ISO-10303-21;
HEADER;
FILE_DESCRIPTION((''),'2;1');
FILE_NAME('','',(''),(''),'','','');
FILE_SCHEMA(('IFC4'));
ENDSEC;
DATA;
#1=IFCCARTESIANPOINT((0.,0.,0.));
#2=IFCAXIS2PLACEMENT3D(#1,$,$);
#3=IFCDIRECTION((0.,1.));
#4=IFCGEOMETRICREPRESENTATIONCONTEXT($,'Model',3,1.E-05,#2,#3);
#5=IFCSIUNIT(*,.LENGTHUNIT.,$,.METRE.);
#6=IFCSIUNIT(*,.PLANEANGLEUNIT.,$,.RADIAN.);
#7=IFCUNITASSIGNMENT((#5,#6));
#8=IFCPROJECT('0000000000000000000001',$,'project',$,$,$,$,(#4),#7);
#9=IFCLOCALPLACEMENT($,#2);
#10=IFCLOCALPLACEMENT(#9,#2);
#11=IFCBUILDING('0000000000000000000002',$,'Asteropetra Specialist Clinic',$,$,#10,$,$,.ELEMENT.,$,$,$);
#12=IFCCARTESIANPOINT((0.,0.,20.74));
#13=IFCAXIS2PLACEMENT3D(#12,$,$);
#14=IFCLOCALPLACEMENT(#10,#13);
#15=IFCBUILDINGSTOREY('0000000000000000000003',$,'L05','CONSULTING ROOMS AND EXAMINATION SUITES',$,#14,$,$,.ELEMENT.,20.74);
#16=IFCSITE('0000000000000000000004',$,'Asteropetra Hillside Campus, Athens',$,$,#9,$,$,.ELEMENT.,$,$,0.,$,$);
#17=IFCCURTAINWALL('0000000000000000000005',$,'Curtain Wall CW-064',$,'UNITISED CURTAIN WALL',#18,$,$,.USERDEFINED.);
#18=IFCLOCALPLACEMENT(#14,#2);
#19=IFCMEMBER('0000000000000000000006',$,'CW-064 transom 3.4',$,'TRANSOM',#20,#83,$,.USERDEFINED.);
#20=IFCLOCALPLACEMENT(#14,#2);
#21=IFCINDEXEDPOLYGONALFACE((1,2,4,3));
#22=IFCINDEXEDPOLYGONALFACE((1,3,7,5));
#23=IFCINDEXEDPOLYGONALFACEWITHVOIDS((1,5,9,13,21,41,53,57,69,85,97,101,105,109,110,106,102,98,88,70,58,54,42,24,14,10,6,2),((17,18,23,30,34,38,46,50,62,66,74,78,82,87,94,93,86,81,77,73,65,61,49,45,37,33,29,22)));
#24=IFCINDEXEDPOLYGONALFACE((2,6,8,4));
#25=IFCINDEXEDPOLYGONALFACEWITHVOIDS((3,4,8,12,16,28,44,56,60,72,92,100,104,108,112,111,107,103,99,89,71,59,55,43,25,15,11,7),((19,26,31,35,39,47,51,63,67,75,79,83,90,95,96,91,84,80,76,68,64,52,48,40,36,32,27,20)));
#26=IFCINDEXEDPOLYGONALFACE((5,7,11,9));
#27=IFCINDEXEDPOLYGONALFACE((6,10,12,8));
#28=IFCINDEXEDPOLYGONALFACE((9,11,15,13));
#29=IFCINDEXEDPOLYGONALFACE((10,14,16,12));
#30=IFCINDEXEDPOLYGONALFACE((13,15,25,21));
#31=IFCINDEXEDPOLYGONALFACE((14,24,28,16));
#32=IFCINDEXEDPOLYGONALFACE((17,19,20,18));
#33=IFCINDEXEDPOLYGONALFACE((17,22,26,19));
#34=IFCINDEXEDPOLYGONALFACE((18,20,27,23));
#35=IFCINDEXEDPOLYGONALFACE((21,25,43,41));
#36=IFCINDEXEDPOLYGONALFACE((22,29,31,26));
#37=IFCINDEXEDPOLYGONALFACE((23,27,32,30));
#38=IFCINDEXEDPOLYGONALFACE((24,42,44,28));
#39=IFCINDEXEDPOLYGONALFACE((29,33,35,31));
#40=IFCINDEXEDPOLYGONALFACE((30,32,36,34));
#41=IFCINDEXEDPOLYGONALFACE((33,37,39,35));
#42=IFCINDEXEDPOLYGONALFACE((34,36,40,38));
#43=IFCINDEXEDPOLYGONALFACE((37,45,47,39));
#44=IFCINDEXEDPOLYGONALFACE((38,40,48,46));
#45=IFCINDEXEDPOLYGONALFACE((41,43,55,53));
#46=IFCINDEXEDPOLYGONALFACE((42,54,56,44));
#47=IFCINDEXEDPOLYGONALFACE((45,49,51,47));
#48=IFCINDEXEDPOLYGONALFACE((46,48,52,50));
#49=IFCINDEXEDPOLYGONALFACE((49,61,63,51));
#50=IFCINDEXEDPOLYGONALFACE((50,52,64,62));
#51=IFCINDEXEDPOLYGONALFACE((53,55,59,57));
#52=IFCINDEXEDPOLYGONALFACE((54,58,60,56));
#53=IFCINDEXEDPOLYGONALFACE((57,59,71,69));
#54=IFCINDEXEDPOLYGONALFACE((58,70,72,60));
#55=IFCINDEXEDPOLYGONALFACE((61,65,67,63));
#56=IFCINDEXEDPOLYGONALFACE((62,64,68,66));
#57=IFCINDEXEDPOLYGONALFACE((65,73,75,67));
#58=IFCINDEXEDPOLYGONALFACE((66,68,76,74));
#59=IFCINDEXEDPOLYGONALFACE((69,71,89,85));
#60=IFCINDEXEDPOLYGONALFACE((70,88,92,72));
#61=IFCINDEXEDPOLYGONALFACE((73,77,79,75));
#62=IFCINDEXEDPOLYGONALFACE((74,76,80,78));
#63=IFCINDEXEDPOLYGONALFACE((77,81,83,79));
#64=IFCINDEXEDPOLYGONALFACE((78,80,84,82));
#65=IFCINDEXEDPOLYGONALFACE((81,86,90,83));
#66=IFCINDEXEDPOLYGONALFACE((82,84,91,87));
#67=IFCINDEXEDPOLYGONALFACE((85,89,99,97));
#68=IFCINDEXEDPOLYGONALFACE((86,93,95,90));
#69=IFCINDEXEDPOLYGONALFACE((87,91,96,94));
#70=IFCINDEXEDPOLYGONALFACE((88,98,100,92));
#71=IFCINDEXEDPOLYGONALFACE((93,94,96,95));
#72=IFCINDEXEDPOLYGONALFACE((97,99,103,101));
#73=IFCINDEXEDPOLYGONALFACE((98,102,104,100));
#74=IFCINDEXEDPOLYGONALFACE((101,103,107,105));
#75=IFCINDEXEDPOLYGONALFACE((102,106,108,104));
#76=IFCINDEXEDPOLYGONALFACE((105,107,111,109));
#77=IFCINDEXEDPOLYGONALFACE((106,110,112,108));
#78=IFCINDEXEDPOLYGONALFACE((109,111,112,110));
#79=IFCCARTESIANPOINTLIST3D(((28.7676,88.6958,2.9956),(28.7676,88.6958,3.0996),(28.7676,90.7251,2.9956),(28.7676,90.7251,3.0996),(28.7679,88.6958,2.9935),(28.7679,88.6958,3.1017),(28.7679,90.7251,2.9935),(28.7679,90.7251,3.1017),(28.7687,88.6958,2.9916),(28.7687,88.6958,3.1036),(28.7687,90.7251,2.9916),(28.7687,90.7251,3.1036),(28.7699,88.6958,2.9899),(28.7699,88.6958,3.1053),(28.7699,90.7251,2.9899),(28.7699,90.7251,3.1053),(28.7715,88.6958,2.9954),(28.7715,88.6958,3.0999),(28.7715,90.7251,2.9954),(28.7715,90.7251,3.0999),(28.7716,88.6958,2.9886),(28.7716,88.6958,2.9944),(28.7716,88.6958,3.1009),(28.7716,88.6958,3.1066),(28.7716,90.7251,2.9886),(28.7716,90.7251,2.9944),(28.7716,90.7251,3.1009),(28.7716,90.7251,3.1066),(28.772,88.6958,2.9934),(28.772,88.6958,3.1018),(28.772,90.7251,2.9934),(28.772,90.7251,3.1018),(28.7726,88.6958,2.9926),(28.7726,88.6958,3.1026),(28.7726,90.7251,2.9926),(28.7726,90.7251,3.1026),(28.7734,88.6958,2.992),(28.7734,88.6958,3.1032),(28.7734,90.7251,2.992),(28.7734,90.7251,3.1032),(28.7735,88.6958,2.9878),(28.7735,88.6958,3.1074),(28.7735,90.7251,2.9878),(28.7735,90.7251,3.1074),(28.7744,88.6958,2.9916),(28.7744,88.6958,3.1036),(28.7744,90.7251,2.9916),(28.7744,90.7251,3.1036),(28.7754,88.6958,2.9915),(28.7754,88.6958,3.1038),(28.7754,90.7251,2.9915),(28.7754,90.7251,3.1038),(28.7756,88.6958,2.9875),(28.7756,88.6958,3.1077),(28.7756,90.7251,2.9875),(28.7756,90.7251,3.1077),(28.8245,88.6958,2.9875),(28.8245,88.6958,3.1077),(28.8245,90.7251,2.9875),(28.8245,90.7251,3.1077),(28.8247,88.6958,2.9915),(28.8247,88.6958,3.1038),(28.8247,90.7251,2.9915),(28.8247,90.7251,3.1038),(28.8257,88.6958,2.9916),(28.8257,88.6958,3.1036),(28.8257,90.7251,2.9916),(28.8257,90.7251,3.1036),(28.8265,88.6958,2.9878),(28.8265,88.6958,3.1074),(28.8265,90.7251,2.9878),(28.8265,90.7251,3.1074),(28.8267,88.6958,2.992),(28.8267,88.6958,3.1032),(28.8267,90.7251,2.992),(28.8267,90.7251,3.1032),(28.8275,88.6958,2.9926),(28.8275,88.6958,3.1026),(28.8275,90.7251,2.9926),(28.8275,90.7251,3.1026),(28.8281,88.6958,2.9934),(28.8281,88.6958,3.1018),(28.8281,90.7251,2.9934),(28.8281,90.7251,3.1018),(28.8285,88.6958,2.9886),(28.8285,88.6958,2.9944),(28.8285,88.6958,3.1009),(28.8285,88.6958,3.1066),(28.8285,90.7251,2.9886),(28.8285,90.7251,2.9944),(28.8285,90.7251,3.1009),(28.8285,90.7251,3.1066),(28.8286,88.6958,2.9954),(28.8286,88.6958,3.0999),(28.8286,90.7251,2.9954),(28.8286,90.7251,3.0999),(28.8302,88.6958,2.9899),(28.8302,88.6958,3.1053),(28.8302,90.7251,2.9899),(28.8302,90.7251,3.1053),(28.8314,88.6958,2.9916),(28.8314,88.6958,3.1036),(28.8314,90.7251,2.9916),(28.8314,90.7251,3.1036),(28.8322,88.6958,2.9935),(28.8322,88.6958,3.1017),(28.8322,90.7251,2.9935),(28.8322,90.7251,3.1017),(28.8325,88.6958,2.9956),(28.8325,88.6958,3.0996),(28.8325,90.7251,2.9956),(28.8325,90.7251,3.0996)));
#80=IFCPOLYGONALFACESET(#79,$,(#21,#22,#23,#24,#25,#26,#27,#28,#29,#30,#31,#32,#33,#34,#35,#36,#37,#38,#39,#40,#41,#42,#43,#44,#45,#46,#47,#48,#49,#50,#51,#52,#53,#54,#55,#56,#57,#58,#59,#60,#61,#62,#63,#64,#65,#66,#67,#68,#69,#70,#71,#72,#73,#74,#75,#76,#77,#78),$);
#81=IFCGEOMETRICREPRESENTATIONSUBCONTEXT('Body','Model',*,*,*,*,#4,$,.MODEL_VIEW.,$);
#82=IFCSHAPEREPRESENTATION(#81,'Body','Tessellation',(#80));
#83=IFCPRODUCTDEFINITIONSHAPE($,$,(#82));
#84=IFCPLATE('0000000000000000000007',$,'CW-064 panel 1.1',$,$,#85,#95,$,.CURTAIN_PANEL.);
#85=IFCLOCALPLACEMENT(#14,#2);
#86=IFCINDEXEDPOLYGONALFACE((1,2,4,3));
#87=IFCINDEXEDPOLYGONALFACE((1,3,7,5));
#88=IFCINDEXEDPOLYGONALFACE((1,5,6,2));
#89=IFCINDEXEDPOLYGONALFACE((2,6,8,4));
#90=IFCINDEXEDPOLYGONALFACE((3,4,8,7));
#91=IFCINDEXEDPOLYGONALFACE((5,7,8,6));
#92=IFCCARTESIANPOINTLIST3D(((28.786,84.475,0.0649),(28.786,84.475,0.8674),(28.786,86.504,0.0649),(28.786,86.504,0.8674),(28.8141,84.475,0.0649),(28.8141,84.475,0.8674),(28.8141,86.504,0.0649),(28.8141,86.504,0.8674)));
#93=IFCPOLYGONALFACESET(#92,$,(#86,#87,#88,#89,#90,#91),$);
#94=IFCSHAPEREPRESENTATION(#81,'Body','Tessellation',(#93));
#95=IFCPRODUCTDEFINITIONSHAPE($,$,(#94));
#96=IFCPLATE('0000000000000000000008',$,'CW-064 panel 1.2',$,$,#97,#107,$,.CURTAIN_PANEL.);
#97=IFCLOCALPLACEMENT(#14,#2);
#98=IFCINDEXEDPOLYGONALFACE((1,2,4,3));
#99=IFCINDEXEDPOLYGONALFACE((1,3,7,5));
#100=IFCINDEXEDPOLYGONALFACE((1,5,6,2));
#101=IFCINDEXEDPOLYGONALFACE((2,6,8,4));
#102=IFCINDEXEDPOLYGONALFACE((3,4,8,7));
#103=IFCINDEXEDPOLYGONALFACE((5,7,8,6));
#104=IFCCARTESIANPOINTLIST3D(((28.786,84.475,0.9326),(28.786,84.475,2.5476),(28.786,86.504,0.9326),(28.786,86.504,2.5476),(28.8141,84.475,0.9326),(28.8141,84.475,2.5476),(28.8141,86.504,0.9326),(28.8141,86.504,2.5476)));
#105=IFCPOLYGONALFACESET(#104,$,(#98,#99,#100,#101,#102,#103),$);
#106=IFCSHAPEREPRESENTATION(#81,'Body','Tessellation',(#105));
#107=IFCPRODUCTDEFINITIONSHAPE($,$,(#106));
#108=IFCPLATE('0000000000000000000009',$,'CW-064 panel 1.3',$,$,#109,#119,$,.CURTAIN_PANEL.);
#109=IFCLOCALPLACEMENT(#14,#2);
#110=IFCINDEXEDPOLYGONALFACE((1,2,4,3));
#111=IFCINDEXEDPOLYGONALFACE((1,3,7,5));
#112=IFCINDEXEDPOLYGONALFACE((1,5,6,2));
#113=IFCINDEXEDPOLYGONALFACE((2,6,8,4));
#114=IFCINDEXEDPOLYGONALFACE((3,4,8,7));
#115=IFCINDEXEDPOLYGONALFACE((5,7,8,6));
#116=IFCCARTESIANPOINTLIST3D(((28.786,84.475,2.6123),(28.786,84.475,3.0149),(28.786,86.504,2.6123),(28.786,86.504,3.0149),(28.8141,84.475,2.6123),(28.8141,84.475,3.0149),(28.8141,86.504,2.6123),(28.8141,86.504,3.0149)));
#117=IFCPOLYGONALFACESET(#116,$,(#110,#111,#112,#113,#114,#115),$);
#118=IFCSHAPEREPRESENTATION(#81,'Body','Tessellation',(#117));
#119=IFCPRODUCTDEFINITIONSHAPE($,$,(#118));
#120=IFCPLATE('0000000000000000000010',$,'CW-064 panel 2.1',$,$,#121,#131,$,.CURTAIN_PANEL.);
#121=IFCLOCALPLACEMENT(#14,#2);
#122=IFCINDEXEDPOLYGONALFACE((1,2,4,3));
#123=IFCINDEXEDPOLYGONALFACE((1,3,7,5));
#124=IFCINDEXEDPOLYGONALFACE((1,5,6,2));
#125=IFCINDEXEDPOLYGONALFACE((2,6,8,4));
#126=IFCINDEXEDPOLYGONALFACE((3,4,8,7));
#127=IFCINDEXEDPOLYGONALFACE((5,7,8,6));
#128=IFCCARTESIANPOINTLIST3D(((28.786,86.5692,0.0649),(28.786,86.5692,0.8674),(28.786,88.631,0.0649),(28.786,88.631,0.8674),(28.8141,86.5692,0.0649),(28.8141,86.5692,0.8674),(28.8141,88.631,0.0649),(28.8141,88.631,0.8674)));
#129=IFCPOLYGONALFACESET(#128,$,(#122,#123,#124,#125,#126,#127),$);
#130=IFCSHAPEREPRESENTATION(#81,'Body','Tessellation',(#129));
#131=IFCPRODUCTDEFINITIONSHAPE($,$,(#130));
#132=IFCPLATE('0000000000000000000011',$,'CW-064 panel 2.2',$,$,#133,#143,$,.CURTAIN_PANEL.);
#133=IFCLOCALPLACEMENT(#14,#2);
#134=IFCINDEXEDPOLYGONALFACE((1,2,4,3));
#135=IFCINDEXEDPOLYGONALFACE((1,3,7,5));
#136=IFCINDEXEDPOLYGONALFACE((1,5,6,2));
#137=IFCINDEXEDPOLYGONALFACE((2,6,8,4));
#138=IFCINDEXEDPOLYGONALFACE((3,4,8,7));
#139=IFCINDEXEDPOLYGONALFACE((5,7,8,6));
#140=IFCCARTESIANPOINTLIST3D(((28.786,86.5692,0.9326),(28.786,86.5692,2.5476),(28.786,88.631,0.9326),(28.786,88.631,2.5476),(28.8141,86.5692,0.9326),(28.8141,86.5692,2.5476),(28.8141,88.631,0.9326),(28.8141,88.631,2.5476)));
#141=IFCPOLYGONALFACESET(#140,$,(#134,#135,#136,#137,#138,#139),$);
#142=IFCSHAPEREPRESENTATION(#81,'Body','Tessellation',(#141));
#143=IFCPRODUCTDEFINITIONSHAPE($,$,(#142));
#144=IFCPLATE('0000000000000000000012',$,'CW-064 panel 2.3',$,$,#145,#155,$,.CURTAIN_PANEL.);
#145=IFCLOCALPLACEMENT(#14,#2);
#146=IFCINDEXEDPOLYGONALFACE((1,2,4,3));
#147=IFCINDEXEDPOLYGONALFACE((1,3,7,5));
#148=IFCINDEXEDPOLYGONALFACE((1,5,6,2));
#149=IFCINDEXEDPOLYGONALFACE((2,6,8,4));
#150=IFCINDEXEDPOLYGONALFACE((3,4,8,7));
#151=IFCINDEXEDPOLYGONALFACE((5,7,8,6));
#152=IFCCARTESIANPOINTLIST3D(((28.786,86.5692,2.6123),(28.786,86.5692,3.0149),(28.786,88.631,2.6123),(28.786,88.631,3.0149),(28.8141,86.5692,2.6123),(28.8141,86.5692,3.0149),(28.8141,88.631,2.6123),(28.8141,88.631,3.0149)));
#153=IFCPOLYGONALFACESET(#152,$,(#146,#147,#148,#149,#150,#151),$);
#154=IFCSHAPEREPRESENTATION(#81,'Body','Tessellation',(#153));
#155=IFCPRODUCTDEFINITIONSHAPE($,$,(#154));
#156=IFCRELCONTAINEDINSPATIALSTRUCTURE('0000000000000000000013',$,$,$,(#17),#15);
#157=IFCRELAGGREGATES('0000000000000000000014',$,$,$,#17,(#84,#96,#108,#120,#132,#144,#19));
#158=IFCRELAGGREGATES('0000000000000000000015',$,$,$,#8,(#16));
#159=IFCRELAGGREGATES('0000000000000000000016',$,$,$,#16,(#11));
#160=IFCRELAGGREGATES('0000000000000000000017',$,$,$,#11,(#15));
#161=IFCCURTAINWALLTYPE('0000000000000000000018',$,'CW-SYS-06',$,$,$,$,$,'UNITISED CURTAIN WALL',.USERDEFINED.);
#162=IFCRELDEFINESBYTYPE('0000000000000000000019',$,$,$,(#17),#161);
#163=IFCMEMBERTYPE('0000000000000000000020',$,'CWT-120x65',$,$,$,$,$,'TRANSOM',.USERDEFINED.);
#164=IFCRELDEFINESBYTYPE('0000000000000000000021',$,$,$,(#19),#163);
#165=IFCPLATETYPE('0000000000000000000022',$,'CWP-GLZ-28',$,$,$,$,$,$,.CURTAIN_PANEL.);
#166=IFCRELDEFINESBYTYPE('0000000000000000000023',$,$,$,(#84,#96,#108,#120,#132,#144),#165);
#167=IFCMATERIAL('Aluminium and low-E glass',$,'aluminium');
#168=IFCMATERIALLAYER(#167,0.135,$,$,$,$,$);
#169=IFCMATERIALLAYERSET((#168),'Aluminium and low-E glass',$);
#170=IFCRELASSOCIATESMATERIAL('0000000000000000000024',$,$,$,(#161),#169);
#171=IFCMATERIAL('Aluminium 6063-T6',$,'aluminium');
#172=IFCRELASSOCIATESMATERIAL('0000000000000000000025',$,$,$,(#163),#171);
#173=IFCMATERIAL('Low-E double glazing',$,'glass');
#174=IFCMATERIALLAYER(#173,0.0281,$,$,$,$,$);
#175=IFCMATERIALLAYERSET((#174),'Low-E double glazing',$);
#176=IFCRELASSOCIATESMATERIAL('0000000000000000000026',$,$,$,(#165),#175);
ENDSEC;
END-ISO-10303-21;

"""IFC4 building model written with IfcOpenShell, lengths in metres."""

from ifc_helpers import new_model, si_unit, direction, frame, origin, origin_2d, place, context, subcontext, project, spatial, rectangle, hollow_rectangle, extrude, material, layer, layer_set, material_profile, profile_set, type_object, element, aggregate, save


model = new_model("IFC4")

# Units and contexts
model_context = context("Model", 3, precision=1e-05, world=origin(), true_north=direction((0.0, 1.0)))
body_context = subcontext(model_context, "Body", "Model", "MODEL_VIEW")
ifc_project = project(units=[si_unit("LENGTHUNIT", "METRE"), si_unit("PLANEANGLEUNIT", "RADIAN")], contexts=[model_context])

# Site, building, storey
site_placement = place(None, origin())
site = spatial("IfcSite", under=ifc_project, at=site_placement, Name="Asteropetra Hillside Campus, Athens", CompositionType="ELEMENT", RefElevation=0.0)
building_placement = place(site_placement, origin())
building = spatial("IfcBuilding", under=site, at=building_placement, Name="Asteropetra Specialist Clinic", CompositionType="ELEMENT")
storey_placement = place(building_placement, frame((0.0, 0.0, 20.74)))
storey = spatial("IfcBuildingStorey", under=building, at=storey_placement, Name="L05", Description="CONSULTING ROOMS AND EXAMINATION SUITES", CompositionType="ELEMENT", Elevation=20.74)

# Curtain wall, member, plates
ifc_material_1 = material(Name="Aluminium and low-E glass", Category="aluminium")
ifc_layer_1 = layer(ifc_material_1, 0.135)
ifc_layer_set_1 = layer_set([ifc_layer_1], Name="Aluminium and low-E glass")
curtain_wall_type = type_object("IfcCurtainWallType", Name="CW-SYS-06", ElementType="UNITISED CURTAIN WALL", PredefinedType="USERDEFINED", material=ifc_layer_set_1)
curtain_wall_placement = place(storey_placement, origin())
curtain_wall = element("IfcCurtainWall", 1, at=curtain_wall_placement, inside=storey, type_object=curtain_wall_type, Name="Curtain Wall CW-064", ObjectType="UNITISED CURTAIN WALL", PredefinedType="USERDEFINED")
ifc_material_2 = material(Name="Aluminium 6063-T6", Category="aluminium")
ifc_material_profile_1 = material_profile(ifc_material_2, hollow_rectangle(XDim=0.0649, YDim=0.1201, WallThickness=0.0039, InnerFilletRadius=0.0039, OuterFilletRadius=0.0081, at=origin_2d()), Name="TRN 120x65x4.0")
ifc_profile_set_1 = profile_set([ifc_material_profile_1], Name="Aluminium 6063-T6")
member_type_1 = type_object("IfcMemberType", Name="CWT-120x65", ElementType="TRANSOM", PredefinedType="USERDEFINED", material=ifc_profile_set_1)
member_1_placement = place(storey_placement, frame((28.8, 88.6958, 3.0476), z_axis=(0.0, 1.0, 0.0), x_axis=(-1.0, 0.0, 0.0)))
member_1 = element("IfcMember", 2, at=member_1_placement, type_object=member_type_1, Name="CW-064 transom 3.4", ObjectType="TRANSOM", PredefinedType="USERDEFINED", context=body_context, shape_type="SweptSolid", body=[
    extrude(hollow_rectangle(XDim=0.0649, YDim=0.1201, WallThickness=0.0039, InnerFilletRadius=0.0039, OuterFilletRadius=0.0081, at=origin_2d()), origin(), (0.0, 0.0, 1.0), 2.0293),
])
ifc_material_3 = material(Name="Low-E double glazing", Category="glass")
ifc_layer_2 = layer(ifc_material_3, 0.0281)
ifc_layer_set_2 = layer_set([ifc_layer_2], Name="Low-E double glazing")
plate_type = type_object("IfcPlateType", Name="CWP-GLZ-28", PredefinedType="CURTAIN_PANEL", material=ifc_layer_set_2)
plate_1_placement = place(storey_placement, frame((28.8, 85.4895, 0.0649), z_axis=(0.0, 0.0, 1.0), x_axis=(0.0, 1.0, 0.0)))
plate_1 = element("IfcPlate", 3, at=plate_1_placement, type_object=plate_type, Name="CW-064 panel 1.1", PredefinedType="CURTAIN_PANEL", context=body_context, shape_type="SweptSolid", body=[
    extrude(rectangle(XDim=2.0291, YDim=0.0281, at=origin_2d()), origin(), (0.0, 0.0, 1.0), 0.8025),
])
plate_2_placement = place(storey_placement, frame((28.8, 85.4895, 0.9326), z_axis=(0.0, 0.0, 1.0), x_axis=(0.0, 1.0, 0.0)))
plate_2 = element("IfcPlate", 4, at=plate_2_placement, type_object=plate_type, Name="CW-064 panel 1.2", PredefinedType="CURTAIN_PANEL", context=body_context, shape_type="SweptSolid", body=[
    extrude(rectangle(XDim=2.0291, YDim=0.0281, at=origin_2d()), origin(), (0.0, 0.0, 1.0), 1.615),
])
plate_3_placement = place(storey_placement, frame((28.8, 85.4895, 2.6123), z_axis=(0.0, 0.0, 1.0), x_axis=(0.0, 1.0, 0.0)))
plate_3 = element("IfcPlate", 5, at=plate_3_placement, type_object=plate_type, Name="CW-064 panel 1.3", PredefinedType="CURTAIN_PANEL", context=body_context, shape_type="SweptSolid", body=[
    extrude(rectangle(XDim=2.0291, YDim=0.0281, at=origin_2d()), origin(), (0.0, 0.0, 1.0), 0.4026),
])
plate_4_placement = place(storey_placement, frame((28.8, 87.6001, 0.0649), z_axis=(0.0, 0.0, 1.0), x_axis=(0.0, 1.0, 0.0)))
plate_4 = element("IfcPlate", 6, at=plate_4_placement, type_object=plate_type, Name="CW-064 panel 2.1", PredefinedType="CURTAIN_PANEL", context=body_context, shape_type="SweptSolid", body=[
    extrude(rectangle(XDim=2.0618, YDim=0.0281, at=origin_2d()), origin(), (0.0, 0.0, 1.0), 0.8025),
])
plate_5_placement = place(storey_placement, frame((28.8, 87.6001, 0.9326), z_axis=(0.0, 0.0, 1.0), x_axis=(0.0, 1.0, 0.0)))
plate_5 = element("IfcPlate", 7, at=plate_5_placement, type_object=plate_type, Name="CW-064 panel 2.2", PredefinedType="CURTAIN_PANEL", context=body_context, shape_type="SweptSolid", body=[
    extrude(rectangle(XDim=2.0618, YDim=0.0281, at=origin_2d()), origin(), (0.0, 0.0, 1.0), 1.615),
])
plate_6_placement = place(storey_placement, frame((28.8, 87.6001, 2.6123), z_axis=(0.0, 0.0, 1.0), x_axis=(0.0, 1.0, 0.0)))
plate_6 = element("IfcPlate", 8, at=plate_6_placement, type_object=plate_type, Name="CW-064 panel 2.3", PredefinedType="CURTAIN_PANEL", context=body_context, shape_type="SweptSolid", body=[
    extrude(rectangle(XDim=2.0618, YDim=0.0281, at=origin_2d()), origin(), (0.0, 0.0, 1.0), 0.4026),
])
aggregate(curtain_wall, [plate_1, plate_2, plate_3, plate_4, plate_5, plate_6, member_1])

save(model, "model.ifc")
